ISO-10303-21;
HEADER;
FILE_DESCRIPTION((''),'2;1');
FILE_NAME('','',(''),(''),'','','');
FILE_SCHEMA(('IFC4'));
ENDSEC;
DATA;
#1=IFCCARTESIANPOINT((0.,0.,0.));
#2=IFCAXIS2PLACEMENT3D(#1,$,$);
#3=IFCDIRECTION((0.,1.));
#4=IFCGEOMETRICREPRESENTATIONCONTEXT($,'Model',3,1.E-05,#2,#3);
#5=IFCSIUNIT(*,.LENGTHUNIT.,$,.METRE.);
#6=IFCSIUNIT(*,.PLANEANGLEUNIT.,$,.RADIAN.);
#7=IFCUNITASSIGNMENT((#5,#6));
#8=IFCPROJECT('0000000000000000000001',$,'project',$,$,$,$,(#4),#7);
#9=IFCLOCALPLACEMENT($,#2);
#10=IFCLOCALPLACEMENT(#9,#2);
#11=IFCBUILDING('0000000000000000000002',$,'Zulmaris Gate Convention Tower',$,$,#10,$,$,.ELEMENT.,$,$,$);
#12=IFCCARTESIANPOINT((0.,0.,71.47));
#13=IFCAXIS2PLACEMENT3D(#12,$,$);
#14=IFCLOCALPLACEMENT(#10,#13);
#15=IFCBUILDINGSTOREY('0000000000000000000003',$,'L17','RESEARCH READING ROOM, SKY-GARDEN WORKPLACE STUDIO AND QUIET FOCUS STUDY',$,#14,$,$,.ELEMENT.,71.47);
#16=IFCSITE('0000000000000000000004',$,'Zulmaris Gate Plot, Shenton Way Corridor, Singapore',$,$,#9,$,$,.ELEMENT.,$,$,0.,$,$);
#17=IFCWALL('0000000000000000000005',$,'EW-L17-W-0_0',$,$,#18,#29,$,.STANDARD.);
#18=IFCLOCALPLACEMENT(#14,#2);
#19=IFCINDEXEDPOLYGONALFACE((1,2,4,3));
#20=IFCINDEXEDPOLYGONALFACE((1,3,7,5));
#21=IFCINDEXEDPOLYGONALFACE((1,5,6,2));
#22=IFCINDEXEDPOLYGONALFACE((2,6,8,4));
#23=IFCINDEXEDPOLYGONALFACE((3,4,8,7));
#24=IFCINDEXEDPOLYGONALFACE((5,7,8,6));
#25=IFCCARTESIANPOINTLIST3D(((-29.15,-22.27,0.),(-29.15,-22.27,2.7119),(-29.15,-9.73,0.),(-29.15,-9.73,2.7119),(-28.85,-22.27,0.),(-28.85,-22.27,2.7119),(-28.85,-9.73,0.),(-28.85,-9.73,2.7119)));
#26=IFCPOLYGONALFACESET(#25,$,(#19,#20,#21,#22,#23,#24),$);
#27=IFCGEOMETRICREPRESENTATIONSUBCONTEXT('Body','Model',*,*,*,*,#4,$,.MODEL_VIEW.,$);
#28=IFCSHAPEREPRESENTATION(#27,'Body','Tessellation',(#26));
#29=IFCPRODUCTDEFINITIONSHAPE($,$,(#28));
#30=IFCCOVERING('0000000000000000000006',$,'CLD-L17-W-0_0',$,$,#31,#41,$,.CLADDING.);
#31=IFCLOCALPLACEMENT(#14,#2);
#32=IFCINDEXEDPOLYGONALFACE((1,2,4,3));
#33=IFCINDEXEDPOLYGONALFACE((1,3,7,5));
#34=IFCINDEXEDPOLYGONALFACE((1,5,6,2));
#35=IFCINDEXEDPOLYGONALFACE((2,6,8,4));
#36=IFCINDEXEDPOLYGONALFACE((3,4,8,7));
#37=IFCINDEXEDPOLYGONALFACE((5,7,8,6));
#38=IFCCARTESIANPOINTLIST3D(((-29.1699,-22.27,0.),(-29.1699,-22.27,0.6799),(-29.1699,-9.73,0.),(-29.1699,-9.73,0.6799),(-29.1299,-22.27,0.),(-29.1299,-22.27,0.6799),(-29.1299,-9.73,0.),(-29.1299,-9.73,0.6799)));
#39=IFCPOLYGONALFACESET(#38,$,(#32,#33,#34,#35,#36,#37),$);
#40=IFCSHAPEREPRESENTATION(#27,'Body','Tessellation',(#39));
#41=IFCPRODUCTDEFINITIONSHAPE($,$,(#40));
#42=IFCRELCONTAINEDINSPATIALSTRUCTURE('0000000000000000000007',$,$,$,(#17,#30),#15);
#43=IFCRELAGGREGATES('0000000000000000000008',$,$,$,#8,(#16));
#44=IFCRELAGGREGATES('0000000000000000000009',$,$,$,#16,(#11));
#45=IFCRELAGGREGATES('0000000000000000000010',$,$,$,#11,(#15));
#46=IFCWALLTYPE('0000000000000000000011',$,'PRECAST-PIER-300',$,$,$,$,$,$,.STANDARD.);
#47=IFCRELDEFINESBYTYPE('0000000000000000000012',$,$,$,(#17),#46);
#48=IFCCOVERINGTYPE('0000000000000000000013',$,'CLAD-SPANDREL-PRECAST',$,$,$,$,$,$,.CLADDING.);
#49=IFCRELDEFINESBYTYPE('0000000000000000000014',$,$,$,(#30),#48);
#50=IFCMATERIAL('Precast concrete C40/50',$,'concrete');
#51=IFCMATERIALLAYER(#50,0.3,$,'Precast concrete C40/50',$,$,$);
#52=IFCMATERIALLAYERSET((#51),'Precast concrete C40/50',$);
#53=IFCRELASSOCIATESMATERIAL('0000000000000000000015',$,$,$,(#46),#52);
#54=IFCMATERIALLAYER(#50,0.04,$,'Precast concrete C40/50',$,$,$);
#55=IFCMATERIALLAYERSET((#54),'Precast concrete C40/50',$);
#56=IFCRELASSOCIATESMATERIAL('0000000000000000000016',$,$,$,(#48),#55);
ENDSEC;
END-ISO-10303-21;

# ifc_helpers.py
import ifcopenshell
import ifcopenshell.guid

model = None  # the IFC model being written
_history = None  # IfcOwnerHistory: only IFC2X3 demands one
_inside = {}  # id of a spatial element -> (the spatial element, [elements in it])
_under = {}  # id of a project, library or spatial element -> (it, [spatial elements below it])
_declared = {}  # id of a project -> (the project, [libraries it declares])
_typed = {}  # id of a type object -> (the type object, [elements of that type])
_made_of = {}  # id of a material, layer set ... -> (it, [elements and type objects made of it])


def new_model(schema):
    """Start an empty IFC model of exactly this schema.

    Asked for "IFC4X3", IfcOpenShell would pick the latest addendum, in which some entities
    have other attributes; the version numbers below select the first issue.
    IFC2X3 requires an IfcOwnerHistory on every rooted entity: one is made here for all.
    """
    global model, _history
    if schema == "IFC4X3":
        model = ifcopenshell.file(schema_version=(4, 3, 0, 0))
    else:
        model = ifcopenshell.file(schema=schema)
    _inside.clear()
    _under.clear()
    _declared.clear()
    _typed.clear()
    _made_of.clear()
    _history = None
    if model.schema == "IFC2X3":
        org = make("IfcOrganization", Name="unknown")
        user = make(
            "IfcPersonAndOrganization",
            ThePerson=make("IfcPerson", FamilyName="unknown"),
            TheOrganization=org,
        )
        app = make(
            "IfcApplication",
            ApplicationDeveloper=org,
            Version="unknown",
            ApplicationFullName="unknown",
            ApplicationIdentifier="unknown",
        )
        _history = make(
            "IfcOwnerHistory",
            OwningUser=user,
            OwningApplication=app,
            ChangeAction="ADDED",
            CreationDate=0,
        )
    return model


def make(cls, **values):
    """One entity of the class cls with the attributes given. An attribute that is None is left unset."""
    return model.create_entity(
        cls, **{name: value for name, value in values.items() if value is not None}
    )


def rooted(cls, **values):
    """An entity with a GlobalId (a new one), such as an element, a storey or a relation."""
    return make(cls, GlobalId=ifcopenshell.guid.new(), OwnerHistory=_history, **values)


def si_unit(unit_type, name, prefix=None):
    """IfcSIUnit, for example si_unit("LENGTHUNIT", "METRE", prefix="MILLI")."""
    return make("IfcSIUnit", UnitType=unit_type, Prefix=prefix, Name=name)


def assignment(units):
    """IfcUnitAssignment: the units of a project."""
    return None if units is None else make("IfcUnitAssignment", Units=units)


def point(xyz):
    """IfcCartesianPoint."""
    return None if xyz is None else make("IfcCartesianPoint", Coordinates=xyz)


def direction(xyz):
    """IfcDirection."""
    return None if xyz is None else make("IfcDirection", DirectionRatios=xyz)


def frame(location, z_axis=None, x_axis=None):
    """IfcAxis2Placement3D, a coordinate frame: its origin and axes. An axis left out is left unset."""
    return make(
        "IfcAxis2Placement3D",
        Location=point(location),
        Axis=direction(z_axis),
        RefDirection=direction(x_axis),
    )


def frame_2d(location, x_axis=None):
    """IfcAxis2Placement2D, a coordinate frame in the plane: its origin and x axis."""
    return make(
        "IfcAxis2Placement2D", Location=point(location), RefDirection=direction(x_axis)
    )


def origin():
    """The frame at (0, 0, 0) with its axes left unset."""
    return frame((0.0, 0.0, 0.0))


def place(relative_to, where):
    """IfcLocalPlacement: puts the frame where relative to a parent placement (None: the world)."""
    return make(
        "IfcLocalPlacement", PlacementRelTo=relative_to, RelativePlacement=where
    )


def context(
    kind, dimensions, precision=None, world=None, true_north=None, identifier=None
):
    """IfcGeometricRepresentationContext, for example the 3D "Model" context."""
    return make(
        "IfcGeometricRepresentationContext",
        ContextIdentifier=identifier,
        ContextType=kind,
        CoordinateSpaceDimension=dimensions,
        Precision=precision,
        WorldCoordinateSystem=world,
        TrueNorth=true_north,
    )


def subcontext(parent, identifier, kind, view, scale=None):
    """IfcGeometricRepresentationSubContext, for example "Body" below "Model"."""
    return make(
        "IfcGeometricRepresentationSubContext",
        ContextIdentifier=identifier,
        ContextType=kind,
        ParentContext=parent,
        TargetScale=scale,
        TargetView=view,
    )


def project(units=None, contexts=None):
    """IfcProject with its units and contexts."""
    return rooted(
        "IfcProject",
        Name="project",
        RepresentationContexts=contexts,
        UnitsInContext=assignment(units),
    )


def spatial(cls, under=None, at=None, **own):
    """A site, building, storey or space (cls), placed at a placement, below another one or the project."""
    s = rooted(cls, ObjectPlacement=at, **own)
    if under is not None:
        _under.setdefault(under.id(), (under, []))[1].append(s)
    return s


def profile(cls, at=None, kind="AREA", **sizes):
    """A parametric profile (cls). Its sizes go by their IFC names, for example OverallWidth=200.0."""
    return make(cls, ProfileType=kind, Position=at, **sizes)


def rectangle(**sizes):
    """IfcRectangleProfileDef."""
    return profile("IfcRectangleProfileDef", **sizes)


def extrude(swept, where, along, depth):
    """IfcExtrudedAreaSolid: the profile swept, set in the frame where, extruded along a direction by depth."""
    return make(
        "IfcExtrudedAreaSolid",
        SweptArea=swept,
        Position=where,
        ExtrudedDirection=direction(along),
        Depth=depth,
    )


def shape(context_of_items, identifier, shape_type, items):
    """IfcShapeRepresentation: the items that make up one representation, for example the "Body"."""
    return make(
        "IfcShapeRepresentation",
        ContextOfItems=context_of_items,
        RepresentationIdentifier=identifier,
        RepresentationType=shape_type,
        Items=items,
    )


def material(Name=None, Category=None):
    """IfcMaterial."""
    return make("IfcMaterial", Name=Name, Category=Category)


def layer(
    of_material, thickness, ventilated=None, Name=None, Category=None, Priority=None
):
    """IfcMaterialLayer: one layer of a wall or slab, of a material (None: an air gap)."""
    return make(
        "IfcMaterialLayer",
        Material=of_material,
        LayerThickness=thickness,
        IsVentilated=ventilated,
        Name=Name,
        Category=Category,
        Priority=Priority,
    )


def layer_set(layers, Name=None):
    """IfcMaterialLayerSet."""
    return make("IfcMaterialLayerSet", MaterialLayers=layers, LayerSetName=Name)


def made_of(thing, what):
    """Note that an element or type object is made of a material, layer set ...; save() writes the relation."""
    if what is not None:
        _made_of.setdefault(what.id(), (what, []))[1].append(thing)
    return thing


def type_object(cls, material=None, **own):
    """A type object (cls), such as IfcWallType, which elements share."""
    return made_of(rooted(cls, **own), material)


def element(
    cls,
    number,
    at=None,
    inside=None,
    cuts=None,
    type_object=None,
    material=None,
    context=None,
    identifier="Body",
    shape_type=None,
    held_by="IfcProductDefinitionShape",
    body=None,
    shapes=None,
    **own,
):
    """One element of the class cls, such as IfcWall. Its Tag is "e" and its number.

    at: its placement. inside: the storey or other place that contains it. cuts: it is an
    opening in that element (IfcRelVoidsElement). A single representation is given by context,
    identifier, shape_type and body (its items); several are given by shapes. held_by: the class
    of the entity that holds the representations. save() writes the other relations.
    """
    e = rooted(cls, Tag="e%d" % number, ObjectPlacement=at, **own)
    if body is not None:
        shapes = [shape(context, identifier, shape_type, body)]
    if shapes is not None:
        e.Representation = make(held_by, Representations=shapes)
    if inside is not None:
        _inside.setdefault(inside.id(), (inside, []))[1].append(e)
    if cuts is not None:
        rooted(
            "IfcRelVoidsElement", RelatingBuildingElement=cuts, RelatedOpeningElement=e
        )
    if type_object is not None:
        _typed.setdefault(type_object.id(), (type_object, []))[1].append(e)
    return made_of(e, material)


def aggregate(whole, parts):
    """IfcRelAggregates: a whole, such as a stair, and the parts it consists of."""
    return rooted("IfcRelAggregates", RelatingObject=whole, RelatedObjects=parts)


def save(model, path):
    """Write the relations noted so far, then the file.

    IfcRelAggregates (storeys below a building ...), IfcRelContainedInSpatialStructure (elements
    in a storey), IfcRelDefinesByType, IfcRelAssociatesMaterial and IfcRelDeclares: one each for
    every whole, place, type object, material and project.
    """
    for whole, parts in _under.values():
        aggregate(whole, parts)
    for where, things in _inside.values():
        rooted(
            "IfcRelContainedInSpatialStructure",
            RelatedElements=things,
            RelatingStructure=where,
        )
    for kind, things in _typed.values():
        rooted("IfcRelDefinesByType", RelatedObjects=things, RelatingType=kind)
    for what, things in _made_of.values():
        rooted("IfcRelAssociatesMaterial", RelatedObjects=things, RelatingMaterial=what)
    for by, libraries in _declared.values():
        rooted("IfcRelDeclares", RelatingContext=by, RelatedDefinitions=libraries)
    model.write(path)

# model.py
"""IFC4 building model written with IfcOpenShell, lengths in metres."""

from ifc_helpers import new_model, si_unit, direction, frame, frame_2d, origin, place, context, subcontext, project, spatial, rectangle, extrude, material, layer, layer_set, type_object, element, save


model = new_model("IFC4")

# Units and contexts
model_context = context("Model", 3, precision=1e-05, world=origin(), true_north=direction((0.0, 1.0)))
body_context = subcontext(model_context, "Body", "Model", "MODEL_VIEW")
ifc_project = project(units=[si_unit("LENGTHUNIT", "METRE"), si_unit("PLANEANGLEUNIT", "RADIAN")], contexts=[model_context])

# Site, building, storey
site_placement = place(None, origin())
site = spatial("IfcSite", under=ifc_project, at=site_placement, Name="Zulmaris Gate Plot, Shenton Way Corridor, Singapore", CompositionType="ELEMENT", RefElevation=0.0)
building_placement = place(site_placement, origin())
building = spatial("IfcBuilding", under=site, at=building_placement, Name="Zulmaris Gate Convention Tower", CompositionType="ELEMENT")
storey_placement = place(building_placement, frame((0.0, 0.0, 71.47)))
storey = spatial("IfcBuildingStorey", under=building, at=storey_placement, Name="L17", Description="RESEARCH READING ROOM, SKY-GARDEN WORKPLACE STUDIO AND QUIET FOCUS STUDY", CompositionType="ELEMENT", Elevation=71.47)

# Shared definitions
ifc_material_1 = material(Name="Precast concrete C40/50", Category="concrete")
ifc_layer_1 = layer(ifc_material_1, 0.3, Name="Precast concrete C40/50")
ifc_layer_set_1 = layer_set([ifc_layer_1], Name="Precast concrete C40/50")
wall_type_1 = type_object("IfcWallType", Name="PRECAST-PIER-300", PredefinedType="STANDARD", material=ifc_layer_set_1)

# Wall
wall_1_placement = place(storey_placement, frame((-29.0, -9.73, 0.0), z_axis=(0.0, 0.0, 1.0), x_axis=(0.0, -1.0, 0.0)))
element("IfcWall", 1, at=wall_1_placement, inside=storey, type_object=wall_type_1, Name="EW-L17-W-0_0", PredefinedType="STANDARD", context=body_context, shape_type="SweptSolid", body=[
    extrude(rectangle(XDim=12.54, YDim=0.3, at=frame_2d((6.27, 0.0))), origin(), (0.0, 0.0, 1.0), 2.7119),
])

# Covering
ifc_layer_2 = layer(ifc_material_1, 0.04, Name="Precast concrete C40/50")
ifc_layer_set_2 = layer_set([ifc_layer_2], Name="Precast concrete C40/50")
covering_type = type_object("IfcCoveringType", Name="CLAD-SPANDREL-PRECAST", PredefinedType="CLADDING", material=ifc_layer_set_2)
covering_placement = place(storey_placement, frame((-29.1499, -9.73, 0.0), z_axis=(0.0, 0.0, 1.0), x_axis=(0.0, -1.0, 0.0)))
element("IfcCovering", 2, at=covering_placement, inside=storey, type_object=covering_type, Name="CLD-L17-W-0_0", PredefinedType="CLADDING", context=body_context, shape_type="SweptSolid", body=[
    extrude(rectangle(XDim=12.54, YDim=0.04, at=frame_2d((6.27, 0.0))), origin(), (0.0, 0.0, 1.0), 0.6799),
])

save(model, "model.ifc")
